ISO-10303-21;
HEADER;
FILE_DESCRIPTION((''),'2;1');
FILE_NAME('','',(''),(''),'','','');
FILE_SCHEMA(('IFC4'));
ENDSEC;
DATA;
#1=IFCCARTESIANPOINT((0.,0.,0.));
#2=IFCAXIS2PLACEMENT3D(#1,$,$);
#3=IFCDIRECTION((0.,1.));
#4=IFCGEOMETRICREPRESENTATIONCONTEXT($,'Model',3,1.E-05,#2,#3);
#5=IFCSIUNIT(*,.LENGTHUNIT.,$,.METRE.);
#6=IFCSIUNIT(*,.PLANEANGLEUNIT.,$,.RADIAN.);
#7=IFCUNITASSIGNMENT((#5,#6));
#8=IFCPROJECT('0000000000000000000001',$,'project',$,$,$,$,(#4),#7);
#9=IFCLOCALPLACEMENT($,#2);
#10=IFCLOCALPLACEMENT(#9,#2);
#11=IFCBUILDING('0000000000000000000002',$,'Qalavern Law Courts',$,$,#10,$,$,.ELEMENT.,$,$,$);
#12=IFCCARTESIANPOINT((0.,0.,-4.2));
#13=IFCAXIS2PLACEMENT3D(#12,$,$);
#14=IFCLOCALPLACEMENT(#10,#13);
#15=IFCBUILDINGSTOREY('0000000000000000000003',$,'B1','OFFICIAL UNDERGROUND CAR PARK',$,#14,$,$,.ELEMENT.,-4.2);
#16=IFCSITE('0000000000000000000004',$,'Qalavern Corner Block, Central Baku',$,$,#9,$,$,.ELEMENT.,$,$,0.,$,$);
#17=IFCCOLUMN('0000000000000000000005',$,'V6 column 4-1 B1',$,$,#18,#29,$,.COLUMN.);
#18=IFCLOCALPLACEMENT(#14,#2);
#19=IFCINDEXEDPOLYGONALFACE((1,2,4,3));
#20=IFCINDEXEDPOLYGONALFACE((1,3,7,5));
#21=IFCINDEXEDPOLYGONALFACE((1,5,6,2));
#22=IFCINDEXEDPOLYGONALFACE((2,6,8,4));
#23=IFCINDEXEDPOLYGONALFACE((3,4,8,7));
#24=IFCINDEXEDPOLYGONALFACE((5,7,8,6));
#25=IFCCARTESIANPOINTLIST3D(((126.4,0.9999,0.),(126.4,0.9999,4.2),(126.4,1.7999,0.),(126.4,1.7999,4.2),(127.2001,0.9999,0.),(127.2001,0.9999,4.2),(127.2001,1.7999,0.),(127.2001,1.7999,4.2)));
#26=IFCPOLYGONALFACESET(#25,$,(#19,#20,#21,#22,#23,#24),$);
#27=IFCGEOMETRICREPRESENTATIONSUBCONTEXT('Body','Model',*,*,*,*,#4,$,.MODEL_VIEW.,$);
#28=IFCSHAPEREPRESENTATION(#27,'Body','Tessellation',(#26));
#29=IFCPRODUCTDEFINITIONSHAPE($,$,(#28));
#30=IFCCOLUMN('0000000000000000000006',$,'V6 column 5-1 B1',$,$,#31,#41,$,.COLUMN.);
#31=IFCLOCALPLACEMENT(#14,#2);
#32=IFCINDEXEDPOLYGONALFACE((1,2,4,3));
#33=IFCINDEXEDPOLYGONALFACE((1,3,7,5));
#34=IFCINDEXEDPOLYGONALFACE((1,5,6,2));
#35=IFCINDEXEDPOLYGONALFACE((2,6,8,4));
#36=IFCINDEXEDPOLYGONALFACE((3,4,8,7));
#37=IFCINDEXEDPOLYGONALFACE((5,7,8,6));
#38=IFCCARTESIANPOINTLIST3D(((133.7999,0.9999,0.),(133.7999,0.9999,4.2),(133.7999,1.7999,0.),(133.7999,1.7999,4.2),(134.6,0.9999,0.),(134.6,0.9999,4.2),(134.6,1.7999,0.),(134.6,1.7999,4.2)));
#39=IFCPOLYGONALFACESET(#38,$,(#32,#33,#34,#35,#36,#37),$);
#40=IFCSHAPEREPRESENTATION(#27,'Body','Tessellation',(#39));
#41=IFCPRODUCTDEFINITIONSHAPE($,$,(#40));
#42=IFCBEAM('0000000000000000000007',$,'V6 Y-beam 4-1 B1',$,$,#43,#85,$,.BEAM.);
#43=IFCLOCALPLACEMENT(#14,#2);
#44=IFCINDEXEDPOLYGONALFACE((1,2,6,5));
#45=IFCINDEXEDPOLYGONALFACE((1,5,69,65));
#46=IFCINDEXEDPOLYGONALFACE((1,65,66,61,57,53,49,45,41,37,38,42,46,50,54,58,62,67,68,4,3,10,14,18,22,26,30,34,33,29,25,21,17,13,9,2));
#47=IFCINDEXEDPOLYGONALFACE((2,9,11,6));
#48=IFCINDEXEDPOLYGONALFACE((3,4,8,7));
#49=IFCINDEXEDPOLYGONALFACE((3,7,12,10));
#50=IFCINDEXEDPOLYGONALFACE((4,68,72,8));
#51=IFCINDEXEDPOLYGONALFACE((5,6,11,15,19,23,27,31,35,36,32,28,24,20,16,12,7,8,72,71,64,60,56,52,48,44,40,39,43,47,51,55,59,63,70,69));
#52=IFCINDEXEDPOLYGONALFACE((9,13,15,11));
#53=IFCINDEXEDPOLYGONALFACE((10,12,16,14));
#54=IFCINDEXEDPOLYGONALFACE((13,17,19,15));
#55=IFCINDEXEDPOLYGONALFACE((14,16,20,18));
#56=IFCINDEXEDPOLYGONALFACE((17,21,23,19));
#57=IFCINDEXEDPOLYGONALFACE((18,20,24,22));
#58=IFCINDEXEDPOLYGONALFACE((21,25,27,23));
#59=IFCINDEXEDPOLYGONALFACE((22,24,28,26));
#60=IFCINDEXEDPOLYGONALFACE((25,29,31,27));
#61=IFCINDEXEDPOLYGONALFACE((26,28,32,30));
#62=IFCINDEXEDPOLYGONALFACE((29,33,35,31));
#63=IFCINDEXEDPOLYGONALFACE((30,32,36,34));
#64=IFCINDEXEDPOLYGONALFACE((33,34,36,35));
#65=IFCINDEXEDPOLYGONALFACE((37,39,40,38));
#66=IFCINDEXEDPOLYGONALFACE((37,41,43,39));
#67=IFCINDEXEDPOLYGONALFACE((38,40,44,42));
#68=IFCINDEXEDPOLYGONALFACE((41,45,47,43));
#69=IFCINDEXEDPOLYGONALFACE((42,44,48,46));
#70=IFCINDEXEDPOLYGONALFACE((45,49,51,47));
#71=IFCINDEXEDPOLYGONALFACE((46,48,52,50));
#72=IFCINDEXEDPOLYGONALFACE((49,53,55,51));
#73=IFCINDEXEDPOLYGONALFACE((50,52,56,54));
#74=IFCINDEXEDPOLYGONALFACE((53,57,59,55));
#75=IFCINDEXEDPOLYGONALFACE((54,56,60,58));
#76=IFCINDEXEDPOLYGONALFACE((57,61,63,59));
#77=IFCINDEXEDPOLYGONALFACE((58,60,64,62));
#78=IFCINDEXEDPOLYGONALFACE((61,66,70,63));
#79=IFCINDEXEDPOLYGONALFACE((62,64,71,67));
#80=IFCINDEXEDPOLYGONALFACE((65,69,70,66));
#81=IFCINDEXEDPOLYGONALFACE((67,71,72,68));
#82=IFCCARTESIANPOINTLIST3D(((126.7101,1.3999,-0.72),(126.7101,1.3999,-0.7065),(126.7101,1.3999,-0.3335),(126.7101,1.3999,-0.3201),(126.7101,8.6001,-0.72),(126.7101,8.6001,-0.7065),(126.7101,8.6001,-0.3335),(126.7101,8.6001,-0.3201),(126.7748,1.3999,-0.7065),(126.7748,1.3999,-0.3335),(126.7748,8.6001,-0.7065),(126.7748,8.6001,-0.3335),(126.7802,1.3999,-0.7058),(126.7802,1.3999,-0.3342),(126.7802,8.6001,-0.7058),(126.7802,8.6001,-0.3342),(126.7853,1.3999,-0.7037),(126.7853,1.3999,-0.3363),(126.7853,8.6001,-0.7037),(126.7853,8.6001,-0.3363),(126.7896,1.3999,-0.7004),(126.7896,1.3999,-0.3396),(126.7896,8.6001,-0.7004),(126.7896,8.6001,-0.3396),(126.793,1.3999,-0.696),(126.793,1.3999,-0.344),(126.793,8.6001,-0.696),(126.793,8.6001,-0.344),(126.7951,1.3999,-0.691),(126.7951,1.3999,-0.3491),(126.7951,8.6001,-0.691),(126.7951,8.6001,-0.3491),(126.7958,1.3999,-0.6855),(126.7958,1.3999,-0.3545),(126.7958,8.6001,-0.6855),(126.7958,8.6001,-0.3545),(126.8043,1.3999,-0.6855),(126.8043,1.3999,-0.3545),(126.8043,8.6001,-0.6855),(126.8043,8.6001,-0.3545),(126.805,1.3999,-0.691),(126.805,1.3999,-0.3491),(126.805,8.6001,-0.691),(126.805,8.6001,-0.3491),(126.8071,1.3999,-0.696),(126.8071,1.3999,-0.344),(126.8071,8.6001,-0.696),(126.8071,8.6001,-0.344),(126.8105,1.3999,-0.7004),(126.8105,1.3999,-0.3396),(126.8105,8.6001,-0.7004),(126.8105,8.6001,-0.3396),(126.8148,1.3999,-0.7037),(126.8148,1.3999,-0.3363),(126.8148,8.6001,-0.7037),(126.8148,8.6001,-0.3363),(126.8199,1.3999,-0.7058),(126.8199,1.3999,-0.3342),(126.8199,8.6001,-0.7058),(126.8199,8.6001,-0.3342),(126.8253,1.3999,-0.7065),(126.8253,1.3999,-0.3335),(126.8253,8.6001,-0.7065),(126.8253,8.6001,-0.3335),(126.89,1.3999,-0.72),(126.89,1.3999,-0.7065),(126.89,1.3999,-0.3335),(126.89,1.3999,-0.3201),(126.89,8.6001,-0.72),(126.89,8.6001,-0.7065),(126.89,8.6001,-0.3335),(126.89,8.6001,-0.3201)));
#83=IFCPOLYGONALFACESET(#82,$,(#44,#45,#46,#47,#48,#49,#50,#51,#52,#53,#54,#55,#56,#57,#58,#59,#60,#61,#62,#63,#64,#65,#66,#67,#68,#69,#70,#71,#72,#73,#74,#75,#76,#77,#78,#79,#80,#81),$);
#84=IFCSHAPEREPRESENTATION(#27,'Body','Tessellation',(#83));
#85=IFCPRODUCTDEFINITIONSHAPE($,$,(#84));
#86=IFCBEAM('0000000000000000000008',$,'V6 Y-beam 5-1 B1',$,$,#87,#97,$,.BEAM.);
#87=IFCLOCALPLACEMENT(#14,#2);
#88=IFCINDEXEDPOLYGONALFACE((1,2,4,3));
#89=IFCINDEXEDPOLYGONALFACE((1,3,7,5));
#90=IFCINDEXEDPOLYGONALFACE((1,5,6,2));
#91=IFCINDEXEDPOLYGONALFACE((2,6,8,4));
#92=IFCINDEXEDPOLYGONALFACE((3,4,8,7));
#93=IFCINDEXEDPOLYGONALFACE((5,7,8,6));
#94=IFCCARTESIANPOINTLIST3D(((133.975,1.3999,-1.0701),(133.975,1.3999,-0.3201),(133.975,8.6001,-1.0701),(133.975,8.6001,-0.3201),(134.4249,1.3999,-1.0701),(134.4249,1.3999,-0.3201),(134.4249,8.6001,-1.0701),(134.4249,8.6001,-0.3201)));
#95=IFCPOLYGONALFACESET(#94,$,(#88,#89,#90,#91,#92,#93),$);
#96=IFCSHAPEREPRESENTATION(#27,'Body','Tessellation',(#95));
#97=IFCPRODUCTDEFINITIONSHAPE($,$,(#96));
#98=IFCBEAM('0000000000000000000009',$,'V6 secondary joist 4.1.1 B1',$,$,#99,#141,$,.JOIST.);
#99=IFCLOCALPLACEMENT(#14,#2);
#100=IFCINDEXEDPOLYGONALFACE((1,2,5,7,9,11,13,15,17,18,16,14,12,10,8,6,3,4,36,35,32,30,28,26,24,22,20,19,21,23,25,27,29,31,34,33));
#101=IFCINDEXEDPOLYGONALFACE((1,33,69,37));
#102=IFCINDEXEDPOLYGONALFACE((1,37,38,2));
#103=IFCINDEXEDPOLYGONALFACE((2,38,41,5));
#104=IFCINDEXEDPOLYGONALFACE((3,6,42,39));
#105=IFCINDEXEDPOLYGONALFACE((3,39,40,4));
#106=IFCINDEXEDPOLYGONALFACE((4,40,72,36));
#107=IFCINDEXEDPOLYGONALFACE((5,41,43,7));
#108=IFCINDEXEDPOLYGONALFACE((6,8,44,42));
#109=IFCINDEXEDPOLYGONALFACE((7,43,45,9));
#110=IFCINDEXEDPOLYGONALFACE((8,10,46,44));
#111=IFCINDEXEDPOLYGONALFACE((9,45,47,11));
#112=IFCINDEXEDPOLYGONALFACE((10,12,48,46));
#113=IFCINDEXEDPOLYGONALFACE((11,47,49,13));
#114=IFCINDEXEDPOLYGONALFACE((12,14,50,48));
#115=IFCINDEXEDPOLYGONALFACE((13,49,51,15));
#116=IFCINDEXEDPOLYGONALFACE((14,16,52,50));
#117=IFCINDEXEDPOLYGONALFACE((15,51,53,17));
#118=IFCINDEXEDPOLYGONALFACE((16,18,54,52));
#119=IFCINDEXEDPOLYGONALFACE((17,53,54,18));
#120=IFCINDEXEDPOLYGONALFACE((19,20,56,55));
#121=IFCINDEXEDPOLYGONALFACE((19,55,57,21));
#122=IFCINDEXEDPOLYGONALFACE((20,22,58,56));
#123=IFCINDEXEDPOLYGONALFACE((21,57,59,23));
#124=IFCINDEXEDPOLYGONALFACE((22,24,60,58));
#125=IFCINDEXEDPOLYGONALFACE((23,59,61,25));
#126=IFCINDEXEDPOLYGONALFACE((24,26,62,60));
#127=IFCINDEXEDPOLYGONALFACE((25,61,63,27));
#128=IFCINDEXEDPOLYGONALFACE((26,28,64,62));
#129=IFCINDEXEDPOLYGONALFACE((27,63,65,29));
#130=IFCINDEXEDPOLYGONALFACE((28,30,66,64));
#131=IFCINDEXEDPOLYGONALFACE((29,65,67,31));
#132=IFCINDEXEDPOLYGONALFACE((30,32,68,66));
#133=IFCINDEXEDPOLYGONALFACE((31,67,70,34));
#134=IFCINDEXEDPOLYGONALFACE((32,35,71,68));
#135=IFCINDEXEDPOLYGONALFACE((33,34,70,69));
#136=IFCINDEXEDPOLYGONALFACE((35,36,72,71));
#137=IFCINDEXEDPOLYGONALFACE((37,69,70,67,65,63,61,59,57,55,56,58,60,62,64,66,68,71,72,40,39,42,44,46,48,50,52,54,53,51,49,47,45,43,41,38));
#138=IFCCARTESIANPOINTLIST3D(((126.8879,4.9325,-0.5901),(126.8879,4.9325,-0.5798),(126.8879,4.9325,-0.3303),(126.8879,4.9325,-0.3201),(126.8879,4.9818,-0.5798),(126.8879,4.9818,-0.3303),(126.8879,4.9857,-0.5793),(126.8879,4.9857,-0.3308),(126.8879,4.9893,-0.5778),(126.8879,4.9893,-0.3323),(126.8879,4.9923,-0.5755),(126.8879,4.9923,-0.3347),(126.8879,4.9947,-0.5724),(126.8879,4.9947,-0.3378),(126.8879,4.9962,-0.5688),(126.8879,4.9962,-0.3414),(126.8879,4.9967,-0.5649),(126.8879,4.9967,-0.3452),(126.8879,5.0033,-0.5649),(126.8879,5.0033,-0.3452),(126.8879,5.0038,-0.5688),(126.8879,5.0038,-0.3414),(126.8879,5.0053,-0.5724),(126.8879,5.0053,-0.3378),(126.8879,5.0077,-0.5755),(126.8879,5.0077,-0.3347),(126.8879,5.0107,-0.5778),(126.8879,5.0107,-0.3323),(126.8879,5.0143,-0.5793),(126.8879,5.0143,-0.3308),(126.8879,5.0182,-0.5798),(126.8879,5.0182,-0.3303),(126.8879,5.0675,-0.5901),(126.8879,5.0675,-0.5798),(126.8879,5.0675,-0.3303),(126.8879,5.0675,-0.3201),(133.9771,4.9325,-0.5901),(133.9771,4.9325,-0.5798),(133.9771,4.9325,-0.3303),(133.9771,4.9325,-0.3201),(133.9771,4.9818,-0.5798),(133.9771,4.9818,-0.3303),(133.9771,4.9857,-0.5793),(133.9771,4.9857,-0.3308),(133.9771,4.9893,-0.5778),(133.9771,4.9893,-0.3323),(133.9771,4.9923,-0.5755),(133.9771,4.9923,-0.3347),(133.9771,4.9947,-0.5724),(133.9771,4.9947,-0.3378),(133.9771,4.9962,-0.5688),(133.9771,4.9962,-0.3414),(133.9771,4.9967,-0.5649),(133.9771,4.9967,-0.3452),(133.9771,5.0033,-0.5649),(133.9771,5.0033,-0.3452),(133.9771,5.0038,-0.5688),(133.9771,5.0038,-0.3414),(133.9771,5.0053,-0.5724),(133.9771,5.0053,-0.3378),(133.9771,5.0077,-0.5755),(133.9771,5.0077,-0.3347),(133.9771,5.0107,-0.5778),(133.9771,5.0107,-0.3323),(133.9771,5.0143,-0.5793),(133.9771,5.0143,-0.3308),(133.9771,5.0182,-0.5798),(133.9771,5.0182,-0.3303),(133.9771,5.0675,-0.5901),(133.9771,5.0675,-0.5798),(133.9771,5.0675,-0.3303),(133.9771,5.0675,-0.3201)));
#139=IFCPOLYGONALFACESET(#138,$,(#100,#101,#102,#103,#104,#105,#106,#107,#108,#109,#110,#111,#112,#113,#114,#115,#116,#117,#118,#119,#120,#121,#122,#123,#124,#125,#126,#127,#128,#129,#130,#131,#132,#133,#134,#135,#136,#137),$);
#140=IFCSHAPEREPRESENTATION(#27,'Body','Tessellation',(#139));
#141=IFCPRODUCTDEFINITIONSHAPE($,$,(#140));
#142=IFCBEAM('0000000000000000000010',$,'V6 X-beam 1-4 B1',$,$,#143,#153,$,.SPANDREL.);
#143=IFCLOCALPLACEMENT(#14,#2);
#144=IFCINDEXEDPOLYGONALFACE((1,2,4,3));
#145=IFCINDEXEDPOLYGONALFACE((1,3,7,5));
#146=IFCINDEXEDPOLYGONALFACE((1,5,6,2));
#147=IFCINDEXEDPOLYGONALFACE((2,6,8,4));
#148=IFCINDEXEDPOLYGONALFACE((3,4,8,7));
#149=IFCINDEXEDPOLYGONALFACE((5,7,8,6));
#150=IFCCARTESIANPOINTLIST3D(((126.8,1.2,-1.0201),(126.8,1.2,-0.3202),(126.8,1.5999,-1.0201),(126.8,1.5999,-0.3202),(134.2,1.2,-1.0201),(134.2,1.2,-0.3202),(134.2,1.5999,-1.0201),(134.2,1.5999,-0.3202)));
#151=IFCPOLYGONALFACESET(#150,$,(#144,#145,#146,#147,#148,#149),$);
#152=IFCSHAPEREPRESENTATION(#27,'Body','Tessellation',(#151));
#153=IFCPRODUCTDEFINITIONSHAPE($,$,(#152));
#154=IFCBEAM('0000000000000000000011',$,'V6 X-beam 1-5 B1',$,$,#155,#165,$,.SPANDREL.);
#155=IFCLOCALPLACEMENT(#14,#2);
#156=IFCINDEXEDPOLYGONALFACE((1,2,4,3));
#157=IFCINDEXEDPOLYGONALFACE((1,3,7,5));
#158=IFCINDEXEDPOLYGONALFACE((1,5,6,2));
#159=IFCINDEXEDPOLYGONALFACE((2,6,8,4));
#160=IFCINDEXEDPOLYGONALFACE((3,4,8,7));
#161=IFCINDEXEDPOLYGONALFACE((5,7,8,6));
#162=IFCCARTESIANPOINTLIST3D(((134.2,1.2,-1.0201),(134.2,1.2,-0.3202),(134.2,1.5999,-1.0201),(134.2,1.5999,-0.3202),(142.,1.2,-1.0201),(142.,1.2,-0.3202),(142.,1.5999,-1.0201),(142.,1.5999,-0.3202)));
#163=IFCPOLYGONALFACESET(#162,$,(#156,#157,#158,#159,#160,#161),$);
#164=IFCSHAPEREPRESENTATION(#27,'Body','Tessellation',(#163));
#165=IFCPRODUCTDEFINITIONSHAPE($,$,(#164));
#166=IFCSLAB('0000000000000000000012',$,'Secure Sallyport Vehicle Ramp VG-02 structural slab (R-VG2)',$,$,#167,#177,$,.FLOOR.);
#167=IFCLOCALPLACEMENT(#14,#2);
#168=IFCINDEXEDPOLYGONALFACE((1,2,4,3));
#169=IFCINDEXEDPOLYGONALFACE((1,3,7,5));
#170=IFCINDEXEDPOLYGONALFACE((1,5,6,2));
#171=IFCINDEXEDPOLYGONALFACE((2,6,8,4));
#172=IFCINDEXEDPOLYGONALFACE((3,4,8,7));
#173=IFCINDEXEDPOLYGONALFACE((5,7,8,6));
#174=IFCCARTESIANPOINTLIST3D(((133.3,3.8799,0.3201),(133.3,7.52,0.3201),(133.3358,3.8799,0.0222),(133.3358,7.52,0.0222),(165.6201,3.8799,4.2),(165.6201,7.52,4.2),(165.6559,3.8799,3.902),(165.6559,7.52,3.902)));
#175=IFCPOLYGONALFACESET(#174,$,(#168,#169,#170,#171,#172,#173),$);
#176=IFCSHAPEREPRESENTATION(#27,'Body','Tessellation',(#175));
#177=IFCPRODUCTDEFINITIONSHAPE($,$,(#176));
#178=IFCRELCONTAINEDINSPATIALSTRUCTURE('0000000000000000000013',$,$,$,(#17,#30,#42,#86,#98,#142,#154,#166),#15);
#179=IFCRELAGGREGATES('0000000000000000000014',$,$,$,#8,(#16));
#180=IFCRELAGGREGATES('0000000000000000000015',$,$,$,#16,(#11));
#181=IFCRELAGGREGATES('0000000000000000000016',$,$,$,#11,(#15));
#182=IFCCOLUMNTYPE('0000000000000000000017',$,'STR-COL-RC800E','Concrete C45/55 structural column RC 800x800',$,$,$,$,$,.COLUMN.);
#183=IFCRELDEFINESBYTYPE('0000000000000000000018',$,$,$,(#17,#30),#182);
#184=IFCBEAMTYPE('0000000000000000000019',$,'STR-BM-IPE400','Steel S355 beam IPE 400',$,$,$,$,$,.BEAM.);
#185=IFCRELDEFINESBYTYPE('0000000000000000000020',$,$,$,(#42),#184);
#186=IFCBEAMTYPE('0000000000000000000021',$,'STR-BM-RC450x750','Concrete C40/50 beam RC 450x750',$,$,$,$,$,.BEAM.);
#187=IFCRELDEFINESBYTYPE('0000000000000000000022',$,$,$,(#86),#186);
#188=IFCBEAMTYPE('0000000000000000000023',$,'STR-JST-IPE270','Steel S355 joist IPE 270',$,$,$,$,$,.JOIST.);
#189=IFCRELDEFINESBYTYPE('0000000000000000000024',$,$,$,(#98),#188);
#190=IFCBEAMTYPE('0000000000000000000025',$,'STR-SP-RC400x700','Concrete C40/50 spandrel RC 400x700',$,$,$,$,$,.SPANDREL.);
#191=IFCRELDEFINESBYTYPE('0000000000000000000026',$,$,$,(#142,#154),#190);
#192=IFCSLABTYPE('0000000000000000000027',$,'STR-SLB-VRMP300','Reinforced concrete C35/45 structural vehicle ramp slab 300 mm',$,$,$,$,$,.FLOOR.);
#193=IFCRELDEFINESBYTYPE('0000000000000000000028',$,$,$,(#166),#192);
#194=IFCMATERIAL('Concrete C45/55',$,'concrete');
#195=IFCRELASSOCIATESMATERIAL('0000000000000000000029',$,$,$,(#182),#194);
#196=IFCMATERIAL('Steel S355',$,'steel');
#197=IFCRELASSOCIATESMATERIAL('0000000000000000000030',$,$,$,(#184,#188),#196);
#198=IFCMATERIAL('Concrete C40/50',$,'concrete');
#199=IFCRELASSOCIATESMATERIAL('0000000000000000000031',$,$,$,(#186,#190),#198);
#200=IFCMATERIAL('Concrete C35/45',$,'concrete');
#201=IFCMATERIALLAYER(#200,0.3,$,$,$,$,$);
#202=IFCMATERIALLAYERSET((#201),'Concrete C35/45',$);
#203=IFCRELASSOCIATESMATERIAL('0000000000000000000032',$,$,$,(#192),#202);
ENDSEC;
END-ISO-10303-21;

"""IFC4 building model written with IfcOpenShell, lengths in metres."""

from ifc_helpers import new_model, si_unit, direction, frame, origin, origin_2d, place, context, subcontext, project, spatial, polyline, rectangle, i_section, outline, extrude, material, layer, layer_set, material_profile, profile_set, type_object, element, save


model = new_model("IFC4")

# Units and contexts
model_context = context("Model", 3, precision=1e-05, world=origin(), true_north=direction((0.0, 1.0)))
body_context = subcontext(model_context, "Body", "Model", "MODEL_VIEW")
ifc_project = project(units=[si_unit("LENGTHUNIT", "METRE"), si_unit("PLANEANGLEUNIT", "RADIAN")], contexts=[model_context])

# Site, building, storey
site_placement = place(None, origin())
site = spatial("IfcSite", under=ifc_project, at=site_placement, Name="Qalavern Corner Block, Central Baku", CompositionType="ELEMENT", RefElevation=0.0)
building_placement = place(site_placement, origin())
building = spatial("IfcBuilding", under=site, at=building_placement, Name="Qalavern Law Courts", CompositionType="ELEMENT")
storey_placement = place(building_placement, frame((0.0, 0.0, -4.2)))
storey = spatial("IfcBuildingStorey", under=building, at=storey_placement, Name="B1", Description="OFFICIAL UNDERGROUND CAR PARK", CompositionType="ELEMENT", Elevation=-4.2)

# Columns
ifc_material_1 = material(Name="Concrete C45/55", Category="concrete")
ifc_material_profile_1 = material_profile(ifc_material_1, rectangle(XDim=0.8, YDim=0.8, at=origin_2d()), Name="RC 800x800")
ifc_profile_set_1 = profile_set([ifc_material_profile_1], Name="Concrete C45/55")
column_type = type_object("IfcColumnType", Name="STR-COL-RC800E", Description="Concrete C45/55 structural column RC 800x800", PredefinedType="COLUMN", material=ifc_profile_set_1)
for number, where, z_axis, x_axis, name in (
    (1, (126.8, 1.3999, 0.0), (0.0, 0.0, 1.0), (1.0, 0.0, 0.0), "V6 column 4-1 B1"),
    (2, (134.2, 1.3999, 0.0), (0.0, 0.0, 1.0), (1.0, 0.0, 0.0), "V6 column 5-1 B1"),
):
    element("IfcColumn", number, at=place(storey_placement, frame(where, z_axis=z_axis, x_axis=x_axis)), inside=storey, type_object=column_type, Name=name, PredefinedType="COLUMN", context=body_context, shape_type="SweptSolid", body=[
        extrude(rectangle(XDim=0.8, YDim=0.8, at=origin_2d()), origin(), (0.0, 0.0, 1.0), 4.2),
    ])

# Beams
ifc_material_2 = material(Name="Steel S355", Category="steel")
ifc_material_profile_2 = material_profile(ifc_material_2, i_section(OverallWidth=0.1799, OverallDepth=0.3999, WebThickness=0.0085, FlangeThickness=0.0134, FilletRadius=0.021, at=origin_2d()), Name="IPE 400")
ifc_profile_set_2 = profile_set([ifc_material_profile_2], Name="Steel S355")
beam_type_1 = type_object("IfcBeamType", Name="STR-BM-IPE400", Description="Steel S355 beam IPE 400", PredefinedType="BEAM", material=ifc_profile_set_2)
beam_1_placement = place(storey_placement, frame((126.8, 1.3999, -0.52), z_axis=(0.0, 1.0, 0.0), x_axis=(-1.0, 0.0, 0.0)))
element("IfcBeam", 3, at=beam_1_placement, inside=storey, type_object=beam_type_1, Name="V6 Y-beam 4-1 B1", PredefinedType="BEAM", context=body_context, shape_type="SweptSolid", body=[
    extrude(i_section(OverallWidth=0.1799, OverallDepth=0.3999, WebThickness=0.0085, FlangeThickness=0.0134, FilletRadius=0.021, at=origin_2d()), origin(), (0.0, 0.0, 1.0), 7.2002),
])
ifc_material_3 = material(Name="Concrete C40/50", Category="concrete")
ifc_material_profile_3 = material_profile(ifc_material_3, rectangle(XDim=0.45, YDim=0.75, at=origin_2d()), Name="RC 450x750")
ifc_profile_set_3 = profile_set([ifc_material_profile_3], Name="Concrete C40/50")
beam_type_2 = type_object("IfcBeamType", Name="STR-BM-RC450x750", Description="Concrete C40/50 beam RC 450x750", PredefinedType="BEAM", material=ifc_profile_set_3)
beam_2_placement = place(storey_placement, frame((134.2, 1.3999, -0.6951), z_axis=(0.0, 1.0, 0.0), x_axis=(-1.0, 0.0, 0.0)))
element("IfcBeam", 4, at=beam_2_placement, inside=storey, type_object=beam_type_2, Name="V6 Y-beam 5-1 B1", PredefinedType="BEAM", context=body_context, shape_type="SweptSolid", body=[
    extrude(rectangle(XDim=0.45, YDim=0.75, at=origin_2d()), origin(), (0.0, 0.0, 1.0), 7.2002),
])
ifc_material_profile_4 = material_profile(ifc_material_2, i_section(OverallWidth=0.135, OverallDepth=0.27, WebThickness=0.0066, FlangeThickness=0.0103, FilletRadius=0.0149, at=origin_2d()), Name="IPE 270")
ifc_profile_set_4 = profile_set([ifc_material_profile_4], Name="Steel S355")
beam_type_3 = type_object("IfcBeamType", Name="STR-JST-IPE270", Description="Steel S355 joist IPE 270", PredefinedType="JOIST", material=ifc_profile_set_4)
beam_3_placement = place(storey_placement, frame((126.8879, 5.0, -0.4551), z_axis=(1.0, 0.0, 0.0), x_axis=(0.0, 1.0, 0.0)))
element("IfcBeam", 5, at=beam_3_placement, inside=storey, type_object=beam_type_3, Name="V6 secondary joist 4.1.1 B1", PredefinedType="JOIST", context=body_context, shape_type="SweptSolid", body=[
    extrude(i_section(OverallWidth=0.135, OverallDepth=0.27, WebThickness=0.0066, FlangeThickness=0.0103, FilletRadius=0.0149, at=origin_2d()), origin(), (0.0, 0.0, 1.0), 7.0891),
])
ifc_material_profile_5 = material_profile(ifc_material_3, rectangle(XDim=0.3999, YDim=0.7, at=origin_2d()), Name="RC 400x700")
ifc_profile_set_5 = profile_set([ifc_material_profile_5], Name="Concrete C40/50")
beam_type_4 = type_object("IfcBeamType", Name="STR-SP-RC400x700", Description="Concrete C40/50 spandrel RC 400x700", PredefinedType="SPANDREL", material=ifc_profile_set_5)
beam_4_placement = place(storey_placement, frame((126.8, 1.3999, -0.6702), z_axis=(1.0, 0.0, 0.0), x_axis=(0.0, 1.0, 0.0)))
element("IfcBeam", 6, at=beam_4_placement, inside=storey, type_object=beam_type_4, Name="V6 X-beam 1-4 B1", PredefinedType="SPANDREL", context=body_context, shape_type="SweptSolid", body=[
    extrude(rectangle(XDim=0.3999, YDim=0.7, at=origin_2d()), origin(), (0.0, 0.0, 1.0), 7.3999),
])
beam_5_placement = place(storey_placement, frame((134.2, 1.3999, -0.6702), z_axis=(1.0, 0.0, 0.0), x_axis=(0.0, 1.0, 0.0)))
element("IfcBeam", 7, at=beam_5_placement, inside=storey, type_object=beam_type_4, Name="V6 X-beam 1-5 B1", PredefinedType="SPANDREL", context=body_context, shape_type="SweptSolid", body=[
    extrude(rectangle(XDim=0.3999, YDim=0.7, at=origin_2d()), origin(), (0.0, 0.0, 1.0), 7.8),
])

# Slab
ifc_material_4 = material(Name="Concrete C35/45", Category="concrete")
ifc_layer_1 = layer(ifc_material_4, 0.3)
ifc_layer_set_1 = layer_set([ifc_layer_1], Name="Concrete C35/45")
slab_type = type_object("IfcSlabType", Name="STR-SLB-VRMP300", Description="Reinforced concrete C35/45 structural vehicle ramp slab 300 mm", PredefinedType="FLOOR", material=ifc_layer_set_1)
slab_placement = place(storey_placement, frame((133.3, 3.8799, 0.3201), z_axis=(-0.11919, 0.0, 0.992871), x_axis=(0.992871, 0.0, 0.11919)))
element("IfcSlab", 8, at=slab_placement, inside=storey, type_object=slab_type, Name="Secure Sallyport Vehicle Ramp VG-02 structural slab (R-VG2)", PredefinedType="FLOOR", context=body_context, shape_type="SweptSolid", body=[
    extrude(outline(polyline([(0.0, 0.0), (32.5521, 0.0), (32.5521, 3.6401), (0.0, 3.6401), (0.0, 0.0)])), origin(), (0.0, 0.0, -1.0), 0.3),
])

save(model, "model.ifc")
